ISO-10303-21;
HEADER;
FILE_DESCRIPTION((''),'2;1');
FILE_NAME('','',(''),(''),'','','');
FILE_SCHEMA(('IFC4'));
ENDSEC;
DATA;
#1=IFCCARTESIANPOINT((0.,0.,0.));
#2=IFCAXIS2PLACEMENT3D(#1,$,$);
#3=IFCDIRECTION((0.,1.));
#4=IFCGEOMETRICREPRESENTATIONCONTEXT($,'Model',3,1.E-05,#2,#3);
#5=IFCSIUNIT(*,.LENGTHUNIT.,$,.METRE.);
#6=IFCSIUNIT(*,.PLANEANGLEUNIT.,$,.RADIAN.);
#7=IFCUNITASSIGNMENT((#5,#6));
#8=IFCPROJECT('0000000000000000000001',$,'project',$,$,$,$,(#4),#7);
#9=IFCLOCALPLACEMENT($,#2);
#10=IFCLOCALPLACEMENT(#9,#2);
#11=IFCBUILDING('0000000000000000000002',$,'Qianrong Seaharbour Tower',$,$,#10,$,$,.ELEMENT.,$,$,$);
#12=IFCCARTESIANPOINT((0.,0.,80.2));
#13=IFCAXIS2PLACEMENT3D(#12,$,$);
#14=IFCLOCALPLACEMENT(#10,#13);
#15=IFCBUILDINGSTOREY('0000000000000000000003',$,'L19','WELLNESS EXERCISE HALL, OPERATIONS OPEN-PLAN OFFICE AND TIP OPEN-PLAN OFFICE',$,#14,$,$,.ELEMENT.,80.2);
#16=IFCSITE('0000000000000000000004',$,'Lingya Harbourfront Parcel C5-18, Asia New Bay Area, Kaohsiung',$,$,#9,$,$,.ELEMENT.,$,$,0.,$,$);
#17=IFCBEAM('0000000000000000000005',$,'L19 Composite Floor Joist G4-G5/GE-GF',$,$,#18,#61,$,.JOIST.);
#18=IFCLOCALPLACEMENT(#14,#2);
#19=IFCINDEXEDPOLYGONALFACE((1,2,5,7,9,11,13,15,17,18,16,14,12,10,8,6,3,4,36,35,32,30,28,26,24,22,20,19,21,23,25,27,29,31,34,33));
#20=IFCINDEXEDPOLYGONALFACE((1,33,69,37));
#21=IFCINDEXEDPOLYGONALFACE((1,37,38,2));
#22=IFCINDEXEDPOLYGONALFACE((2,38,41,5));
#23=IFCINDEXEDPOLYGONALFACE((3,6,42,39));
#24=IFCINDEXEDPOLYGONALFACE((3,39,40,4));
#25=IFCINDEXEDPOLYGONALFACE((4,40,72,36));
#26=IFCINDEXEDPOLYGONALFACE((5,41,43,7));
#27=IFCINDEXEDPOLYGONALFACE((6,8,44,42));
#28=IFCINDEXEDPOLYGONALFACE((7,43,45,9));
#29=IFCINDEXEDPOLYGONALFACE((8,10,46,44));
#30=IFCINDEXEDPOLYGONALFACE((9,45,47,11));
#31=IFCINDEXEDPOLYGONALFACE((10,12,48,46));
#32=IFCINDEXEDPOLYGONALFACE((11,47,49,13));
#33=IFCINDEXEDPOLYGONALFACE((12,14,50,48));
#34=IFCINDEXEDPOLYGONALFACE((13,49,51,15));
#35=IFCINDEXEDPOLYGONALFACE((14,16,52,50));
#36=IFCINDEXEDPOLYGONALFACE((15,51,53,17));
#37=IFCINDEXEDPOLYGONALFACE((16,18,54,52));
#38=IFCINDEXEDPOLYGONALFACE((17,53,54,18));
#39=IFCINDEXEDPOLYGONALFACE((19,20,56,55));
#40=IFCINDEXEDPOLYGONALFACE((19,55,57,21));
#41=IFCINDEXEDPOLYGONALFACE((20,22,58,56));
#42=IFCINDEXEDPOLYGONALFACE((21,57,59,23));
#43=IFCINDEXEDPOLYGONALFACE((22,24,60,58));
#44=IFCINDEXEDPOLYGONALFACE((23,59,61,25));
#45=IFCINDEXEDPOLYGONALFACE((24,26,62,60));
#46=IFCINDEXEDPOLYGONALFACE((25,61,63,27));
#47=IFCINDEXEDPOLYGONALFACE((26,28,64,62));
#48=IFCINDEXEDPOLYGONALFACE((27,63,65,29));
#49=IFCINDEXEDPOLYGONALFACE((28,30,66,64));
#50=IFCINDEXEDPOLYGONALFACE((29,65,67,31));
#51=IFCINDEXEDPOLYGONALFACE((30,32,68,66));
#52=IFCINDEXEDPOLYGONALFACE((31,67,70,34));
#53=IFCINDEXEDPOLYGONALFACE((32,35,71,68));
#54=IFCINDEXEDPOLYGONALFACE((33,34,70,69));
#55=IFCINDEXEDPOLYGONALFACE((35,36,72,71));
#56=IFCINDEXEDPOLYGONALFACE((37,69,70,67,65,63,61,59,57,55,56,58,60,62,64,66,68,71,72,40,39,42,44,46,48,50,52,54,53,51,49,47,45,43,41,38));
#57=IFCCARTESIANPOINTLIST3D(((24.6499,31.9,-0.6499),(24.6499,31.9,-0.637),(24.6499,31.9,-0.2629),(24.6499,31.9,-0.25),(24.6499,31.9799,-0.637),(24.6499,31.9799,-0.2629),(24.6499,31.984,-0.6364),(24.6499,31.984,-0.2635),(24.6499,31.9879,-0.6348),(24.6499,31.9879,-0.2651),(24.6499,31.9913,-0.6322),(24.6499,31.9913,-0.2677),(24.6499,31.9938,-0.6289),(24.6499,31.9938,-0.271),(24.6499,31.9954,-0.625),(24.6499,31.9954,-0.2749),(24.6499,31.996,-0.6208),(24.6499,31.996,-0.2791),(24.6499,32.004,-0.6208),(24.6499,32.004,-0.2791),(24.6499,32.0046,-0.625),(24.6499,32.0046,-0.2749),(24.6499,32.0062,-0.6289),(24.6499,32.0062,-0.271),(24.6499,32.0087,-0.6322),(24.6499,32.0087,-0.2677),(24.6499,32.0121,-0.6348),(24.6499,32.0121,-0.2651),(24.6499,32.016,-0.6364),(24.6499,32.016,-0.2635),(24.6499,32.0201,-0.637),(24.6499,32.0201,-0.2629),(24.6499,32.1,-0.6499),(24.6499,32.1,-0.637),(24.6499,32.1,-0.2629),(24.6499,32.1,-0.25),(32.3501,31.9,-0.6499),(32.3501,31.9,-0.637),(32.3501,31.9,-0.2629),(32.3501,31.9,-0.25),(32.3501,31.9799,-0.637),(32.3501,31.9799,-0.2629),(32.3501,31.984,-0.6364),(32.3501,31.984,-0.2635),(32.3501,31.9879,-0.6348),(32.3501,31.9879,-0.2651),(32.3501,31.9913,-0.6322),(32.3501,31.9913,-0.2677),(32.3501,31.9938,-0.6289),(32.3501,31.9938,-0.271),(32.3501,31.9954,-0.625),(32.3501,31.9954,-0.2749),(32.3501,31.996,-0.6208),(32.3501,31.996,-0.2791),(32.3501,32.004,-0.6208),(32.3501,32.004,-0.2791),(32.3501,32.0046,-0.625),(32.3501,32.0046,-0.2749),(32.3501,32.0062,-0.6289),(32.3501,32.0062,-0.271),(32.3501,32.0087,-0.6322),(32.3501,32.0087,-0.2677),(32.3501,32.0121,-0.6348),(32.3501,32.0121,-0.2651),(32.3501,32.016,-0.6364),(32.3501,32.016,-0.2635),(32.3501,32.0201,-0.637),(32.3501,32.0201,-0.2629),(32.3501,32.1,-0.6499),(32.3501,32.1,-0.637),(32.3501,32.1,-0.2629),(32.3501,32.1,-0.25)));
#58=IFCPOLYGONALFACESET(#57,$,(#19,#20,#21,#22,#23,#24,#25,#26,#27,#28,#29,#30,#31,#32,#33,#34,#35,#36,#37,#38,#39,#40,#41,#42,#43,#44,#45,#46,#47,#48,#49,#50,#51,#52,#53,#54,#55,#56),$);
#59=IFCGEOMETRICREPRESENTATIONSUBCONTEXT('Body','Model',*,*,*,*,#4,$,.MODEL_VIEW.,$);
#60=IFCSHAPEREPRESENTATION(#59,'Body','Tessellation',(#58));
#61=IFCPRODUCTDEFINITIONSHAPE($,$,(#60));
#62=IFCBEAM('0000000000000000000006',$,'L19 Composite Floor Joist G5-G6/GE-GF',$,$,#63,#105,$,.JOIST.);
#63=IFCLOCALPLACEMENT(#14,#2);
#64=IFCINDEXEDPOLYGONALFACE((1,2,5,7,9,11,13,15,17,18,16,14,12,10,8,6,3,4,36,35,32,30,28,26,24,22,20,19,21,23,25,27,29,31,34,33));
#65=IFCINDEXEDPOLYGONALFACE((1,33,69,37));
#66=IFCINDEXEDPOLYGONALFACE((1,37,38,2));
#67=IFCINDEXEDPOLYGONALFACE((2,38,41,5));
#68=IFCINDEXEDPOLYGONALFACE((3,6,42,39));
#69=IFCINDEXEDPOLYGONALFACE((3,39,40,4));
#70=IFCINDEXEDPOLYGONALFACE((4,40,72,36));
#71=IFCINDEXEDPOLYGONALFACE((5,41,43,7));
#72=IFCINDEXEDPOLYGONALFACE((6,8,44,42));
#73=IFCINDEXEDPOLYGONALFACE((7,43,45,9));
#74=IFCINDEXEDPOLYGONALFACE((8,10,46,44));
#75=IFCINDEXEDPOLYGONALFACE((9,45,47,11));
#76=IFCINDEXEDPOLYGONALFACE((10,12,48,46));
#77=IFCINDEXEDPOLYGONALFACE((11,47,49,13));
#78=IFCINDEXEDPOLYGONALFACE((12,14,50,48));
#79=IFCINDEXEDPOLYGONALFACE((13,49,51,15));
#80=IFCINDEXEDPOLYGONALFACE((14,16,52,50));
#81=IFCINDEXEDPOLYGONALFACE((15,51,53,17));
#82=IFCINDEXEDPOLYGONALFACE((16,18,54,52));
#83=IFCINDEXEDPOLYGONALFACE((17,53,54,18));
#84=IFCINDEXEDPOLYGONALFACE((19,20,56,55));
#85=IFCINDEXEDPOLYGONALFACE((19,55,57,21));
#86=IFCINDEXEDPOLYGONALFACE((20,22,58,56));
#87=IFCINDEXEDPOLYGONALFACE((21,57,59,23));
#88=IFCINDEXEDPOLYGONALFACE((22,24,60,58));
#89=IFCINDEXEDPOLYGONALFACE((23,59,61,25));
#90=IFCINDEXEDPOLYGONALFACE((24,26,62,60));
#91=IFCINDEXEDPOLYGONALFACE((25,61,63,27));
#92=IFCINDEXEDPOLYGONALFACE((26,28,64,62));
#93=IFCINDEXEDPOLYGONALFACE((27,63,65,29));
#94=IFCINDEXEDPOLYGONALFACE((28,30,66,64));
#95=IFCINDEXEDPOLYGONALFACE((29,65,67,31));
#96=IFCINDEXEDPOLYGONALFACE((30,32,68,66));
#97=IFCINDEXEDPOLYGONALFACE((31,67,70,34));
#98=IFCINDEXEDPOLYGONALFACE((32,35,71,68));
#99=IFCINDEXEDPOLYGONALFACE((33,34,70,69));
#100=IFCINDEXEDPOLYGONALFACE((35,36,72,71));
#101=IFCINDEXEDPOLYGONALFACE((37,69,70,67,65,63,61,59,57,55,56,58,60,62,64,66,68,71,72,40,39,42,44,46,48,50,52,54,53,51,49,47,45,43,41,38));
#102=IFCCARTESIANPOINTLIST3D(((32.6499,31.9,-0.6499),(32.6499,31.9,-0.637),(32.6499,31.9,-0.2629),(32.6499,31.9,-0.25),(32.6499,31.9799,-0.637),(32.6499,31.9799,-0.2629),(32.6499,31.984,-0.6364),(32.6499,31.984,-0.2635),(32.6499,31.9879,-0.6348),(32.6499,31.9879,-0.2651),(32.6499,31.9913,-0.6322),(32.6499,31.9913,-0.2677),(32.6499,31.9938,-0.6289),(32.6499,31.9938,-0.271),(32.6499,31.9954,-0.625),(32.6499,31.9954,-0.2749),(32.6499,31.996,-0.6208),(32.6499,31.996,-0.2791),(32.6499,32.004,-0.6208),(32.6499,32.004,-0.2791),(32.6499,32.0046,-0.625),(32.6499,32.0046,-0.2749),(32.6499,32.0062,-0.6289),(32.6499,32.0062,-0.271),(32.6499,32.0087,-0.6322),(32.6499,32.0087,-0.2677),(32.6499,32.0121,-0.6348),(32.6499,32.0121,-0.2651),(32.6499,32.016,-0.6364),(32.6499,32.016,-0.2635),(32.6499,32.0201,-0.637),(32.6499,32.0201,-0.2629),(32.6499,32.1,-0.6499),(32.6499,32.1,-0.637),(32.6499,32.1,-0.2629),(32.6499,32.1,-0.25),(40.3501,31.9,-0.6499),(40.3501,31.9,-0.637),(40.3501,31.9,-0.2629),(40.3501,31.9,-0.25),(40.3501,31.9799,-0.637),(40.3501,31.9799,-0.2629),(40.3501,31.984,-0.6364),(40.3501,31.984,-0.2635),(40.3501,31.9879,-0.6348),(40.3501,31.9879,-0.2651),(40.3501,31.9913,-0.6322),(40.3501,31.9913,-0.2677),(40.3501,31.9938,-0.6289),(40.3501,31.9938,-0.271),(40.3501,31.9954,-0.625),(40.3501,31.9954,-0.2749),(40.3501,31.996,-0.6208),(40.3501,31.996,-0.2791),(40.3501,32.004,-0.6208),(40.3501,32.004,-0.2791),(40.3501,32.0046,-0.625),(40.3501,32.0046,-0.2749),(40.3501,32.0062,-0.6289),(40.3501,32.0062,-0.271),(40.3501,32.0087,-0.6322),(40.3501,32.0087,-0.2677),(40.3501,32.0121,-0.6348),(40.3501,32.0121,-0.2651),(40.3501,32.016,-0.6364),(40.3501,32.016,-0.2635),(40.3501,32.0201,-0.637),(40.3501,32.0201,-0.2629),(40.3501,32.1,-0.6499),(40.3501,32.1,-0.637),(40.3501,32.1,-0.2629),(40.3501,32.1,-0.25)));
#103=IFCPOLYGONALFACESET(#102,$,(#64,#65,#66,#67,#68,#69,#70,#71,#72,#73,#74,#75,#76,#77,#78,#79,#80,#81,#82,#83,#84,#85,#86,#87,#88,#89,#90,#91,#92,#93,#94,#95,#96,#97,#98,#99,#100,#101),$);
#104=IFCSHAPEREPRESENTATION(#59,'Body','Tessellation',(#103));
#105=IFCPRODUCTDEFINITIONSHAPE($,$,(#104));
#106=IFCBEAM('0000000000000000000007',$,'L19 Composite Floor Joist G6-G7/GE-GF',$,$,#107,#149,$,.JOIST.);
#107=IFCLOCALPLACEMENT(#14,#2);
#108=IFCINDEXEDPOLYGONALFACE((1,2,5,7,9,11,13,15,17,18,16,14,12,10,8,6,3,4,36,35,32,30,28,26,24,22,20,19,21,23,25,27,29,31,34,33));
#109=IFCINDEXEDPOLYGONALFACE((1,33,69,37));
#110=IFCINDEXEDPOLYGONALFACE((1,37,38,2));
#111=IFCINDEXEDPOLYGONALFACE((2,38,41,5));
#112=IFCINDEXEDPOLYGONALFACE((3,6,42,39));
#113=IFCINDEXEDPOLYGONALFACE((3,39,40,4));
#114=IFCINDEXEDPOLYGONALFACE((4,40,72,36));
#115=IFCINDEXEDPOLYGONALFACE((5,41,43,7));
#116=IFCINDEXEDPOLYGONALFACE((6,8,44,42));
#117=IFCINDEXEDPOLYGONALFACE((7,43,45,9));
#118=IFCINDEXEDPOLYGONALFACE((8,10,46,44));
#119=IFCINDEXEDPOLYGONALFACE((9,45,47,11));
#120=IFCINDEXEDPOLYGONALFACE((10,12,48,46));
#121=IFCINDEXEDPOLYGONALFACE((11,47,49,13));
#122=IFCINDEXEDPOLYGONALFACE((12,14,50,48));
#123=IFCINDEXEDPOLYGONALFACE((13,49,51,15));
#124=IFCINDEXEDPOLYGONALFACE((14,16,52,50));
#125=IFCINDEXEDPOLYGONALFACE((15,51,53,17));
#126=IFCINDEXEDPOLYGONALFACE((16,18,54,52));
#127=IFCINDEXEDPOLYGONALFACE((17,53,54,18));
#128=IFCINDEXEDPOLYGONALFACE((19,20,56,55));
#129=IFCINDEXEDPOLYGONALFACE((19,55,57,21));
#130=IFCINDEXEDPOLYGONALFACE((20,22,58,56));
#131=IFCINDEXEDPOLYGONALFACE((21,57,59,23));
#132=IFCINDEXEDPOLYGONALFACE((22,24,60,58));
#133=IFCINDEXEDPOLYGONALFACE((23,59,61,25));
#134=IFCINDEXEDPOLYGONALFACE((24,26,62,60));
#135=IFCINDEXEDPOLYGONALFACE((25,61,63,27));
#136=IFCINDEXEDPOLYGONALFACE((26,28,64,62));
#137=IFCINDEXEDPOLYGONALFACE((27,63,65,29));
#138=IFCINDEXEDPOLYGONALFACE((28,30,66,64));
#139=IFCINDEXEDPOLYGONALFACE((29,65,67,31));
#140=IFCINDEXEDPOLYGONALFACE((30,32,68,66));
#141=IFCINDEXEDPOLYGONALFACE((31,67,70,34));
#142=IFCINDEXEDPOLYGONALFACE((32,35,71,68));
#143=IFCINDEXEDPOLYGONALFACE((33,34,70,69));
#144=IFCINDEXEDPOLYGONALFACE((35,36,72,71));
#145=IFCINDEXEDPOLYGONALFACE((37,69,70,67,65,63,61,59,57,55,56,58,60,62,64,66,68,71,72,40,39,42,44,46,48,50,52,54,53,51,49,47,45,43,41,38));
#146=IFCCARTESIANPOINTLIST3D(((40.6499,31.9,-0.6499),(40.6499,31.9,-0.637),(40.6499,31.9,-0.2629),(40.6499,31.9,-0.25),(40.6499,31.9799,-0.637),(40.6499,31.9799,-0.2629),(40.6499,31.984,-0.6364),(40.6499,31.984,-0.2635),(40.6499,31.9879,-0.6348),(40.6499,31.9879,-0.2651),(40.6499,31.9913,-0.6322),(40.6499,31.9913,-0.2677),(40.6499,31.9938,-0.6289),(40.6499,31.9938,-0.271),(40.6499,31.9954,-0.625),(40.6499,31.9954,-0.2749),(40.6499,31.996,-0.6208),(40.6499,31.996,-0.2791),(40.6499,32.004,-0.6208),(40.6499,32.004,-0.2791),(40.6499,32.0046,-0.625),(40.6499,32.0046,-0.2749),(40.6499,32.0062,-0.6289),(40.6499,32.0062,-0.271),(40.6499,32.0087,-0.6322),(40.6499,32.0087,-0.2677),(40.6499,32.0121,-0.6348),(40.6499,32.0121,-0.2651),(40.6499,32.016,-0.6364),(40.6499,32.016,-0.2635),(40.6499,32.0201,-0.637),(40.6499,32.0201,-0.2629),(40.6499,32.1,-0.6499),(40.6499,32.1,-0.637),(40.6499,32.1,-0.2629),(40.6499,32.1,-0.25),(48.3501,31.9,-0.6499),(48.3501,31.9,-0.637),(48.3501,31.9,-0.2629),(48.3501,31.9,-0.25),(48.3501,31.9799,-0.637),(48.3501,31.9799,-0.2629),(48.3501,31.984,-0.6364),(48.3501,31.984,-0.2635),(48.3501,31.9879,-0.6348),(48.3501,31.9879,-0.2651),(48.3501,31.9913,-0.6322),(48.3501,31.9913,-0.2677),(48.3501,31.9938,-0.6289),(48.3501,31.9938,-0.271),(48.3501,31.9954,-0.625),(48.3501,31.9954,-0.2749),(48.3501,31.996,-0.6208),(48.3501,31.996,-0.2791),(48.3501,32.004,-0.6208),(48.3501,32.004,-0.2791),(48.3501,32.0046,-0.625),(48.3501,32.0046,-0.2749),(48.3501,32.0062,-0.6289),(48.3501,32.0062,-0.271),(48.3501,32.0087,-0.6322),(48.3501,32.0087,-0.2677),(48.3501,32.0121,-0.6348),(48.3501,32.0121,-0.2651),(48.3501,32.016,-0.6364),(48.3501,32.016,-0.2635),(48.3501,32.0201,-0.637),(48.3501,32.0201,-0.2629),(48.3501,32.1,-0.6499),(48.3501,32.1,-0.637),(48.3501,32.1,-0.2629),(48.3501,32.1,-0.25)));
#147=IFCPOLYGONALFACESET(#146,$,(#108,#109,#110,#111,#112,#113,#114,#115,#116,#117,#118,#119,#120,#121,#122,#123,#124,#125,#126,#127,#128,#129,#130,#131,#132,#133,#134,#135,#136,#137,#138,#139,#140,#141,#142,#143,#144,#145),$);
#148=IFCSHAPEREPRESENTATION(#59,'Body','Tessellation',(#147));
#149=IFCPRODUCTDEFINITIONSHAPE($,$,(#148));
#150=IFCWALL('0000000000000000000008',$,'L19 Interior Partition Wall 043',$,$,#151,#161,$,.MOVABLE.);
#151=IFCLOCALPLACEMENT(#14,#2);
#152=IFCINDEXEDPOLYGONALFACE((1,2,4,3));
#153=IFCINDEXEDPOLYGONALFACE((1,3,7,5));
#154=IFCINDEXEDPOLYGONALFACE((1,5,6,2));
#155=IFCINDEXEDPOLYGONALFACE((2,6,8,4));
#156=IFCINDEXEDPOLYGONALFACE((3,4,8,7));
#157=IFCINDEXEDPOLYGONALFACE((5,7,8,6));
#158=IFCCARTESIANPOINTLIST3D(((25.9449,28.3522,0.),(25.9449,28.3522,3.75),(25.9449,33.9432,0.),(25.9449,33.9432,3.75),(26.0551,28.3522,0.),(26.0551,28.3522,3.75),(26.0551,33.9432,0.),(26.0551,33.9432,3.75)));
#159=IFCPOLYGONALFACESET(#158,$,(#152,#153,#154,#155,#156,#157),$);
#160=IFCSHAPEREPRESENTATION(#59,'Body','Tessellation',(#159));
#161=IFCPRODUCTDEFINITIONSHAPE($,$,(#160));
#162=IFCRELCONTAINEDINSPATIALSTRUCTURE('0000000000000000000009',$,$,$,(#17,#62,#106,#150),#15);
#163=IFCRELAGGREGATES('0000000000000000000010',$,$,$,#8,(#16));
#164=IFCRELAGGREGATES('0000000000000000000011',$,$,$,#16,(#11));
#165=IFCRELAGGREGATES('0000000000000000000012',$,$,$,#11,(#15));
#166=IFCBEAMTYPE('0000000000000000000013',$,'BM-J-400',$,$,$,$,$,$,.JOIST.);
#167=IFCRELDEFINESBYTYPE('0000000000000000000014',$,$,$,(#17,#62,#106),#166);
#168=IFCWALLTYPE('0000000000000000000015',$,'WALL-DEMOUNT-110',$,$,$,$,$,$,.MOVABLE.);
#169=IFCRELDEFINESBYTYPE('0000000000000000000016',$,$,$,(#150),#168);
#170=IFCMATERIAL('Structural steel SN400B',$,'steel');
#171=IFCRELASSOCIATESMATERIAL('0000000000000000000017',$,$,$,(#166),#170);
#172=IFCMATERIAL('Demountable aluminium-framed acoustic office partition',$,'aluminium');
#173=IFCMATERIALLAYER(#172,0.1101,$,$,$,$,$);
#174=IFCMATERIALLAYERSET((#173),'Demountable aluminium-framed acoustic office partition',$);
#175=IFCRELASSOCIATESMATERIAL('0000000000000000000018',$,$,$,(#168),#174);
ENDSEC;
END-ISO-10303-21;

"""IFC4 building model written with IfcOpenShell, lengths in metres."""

from ifc_helpers import new_model, si_unit, direction, frame, frame_2d, origin, origin_2d, place, context, subcontext, project, spatial, rectangle, i_section, extrude, material, layer, layer_set, material_profile, profile_set, type_object, element, save


model = new_model("IFC4")

# Units and contexts
model_context = context("Model", 3, precision=1e-05, world=origin(), true_north=direction((0.0, 1.0)))
body_context = subcontext(model_context, "Body", "Model", "MODEL_VIEW")
ifc_project = project(units=[si_unit("LENGTHUNIT", "METRE"), si_unit("PLANEANGLEUNIT", "RADIAN")], contexts=[model_context])

# Site, building, storey
site_placement = place(None, origin())
site = spatial("IfcSite", under=ifc_project, at=site_placement, Name="Lingya Harbourfront Parcel C5-18, Asia New Bay Area, Kaohsiung", CompositionType="ELEMENT", RefElevation=0.0)
building_placement = place(site_placement, origin())
building = spatial("IfcBuilding", under=site, at=building_placement, Name="Qianrong Seaharbour Tower", CompositionType="ELEMENT")
storey_placement = place(building_placement, frame((0.0, 0.0, 80.2)))
storey = spatial("IfcBuildingStorey", under=building, at=storey_placement, Name="L19", Description="WELLNESS EXERCISE HALL, OPERATIONS OPEN-PLAN OFFICE AND TIP OPEN-PLAN OFFICE", CompositionType="ELEMENT", Elevation=80.2)

# Beams
ifc_material_1 = material(Name="Structural steel SN400B", Category="steel")
ifc_material_profile_1 = material_profile(ifc_material_1, i_section(OverallWidth=0.2, OverallDepth=0.3999, WebThickness=0.0081, FlangeThickness=0.0129, FilletRadius=0.0161, at=origin_2d()), Name="H400x200x8x13")
ifc_profile_set_1 = profile_set([ifc_material_profile_1], Name="Structural steel SN400B")
beam_type_1 = type_object("IfcBeamType", Name="BM-J-400", PredefinedType="JOIST", material=ifc_profile_set_1)
for number, where, z_axis, x_axis, name in (
    (1, (24.6499, 32.0, -0.45), (1.0, 0.0, 0.0), (0.0, 1.0, 0.0), "L19 Composite Floor Joist G4-G5/GE-GF"),
    (2, (32.6499, 32.0, -0.45), (1.0, 0.0, 0.0), (0.0, 1.0, 0.0), "L19 Composite Floor Joist G5-G6/GE-GF"),
    (3, (40.6499, 32.0, -0.45), (1.0, 0.0, 0.0), (0.0, 1.0, 0.0), "L19 Composite Floor Joist G6-G7/GE-GF"),
):
    element("IfcBeam", number, at=place(storey_placement, frame(where, z_axis=z_axis, x_axis=x_axis)), inside=storey, type_object=beam_type_1, Name=name, PredefinedType="JOIST", context=body_context, shape_type="SweptSolid", body=[
        extrude(i_section(OverallWidth=0.2, OverallDepth=0.3999, WebThickness=0.0081, FlangeThickness=0.0129, FilletRadius=0.0161, at=origin_2d()), origin(), (0.0, 0.0, 1.0), 7.7002),
    ])

# Wall
ifc_material_2 = material(Name="Demountable aluminium-framed acoustic office partition", Category="aluminium")
ifc_layer_1 = layer(ifc_material_2, 0.1101)
ifc_layer_set_1 = layer_set([ifc_layer_1], Name="Demountable aluminium-framed acoustic office partition")
wall_type_1 = type_object("IfcWallType", Name="WALL-DEMOUNT-110", PredefinedType="MOVABLE", material=ifc_layer_set_1)
wall_1_placement = place(storey_placement, frame((26.0, 33.9431, 0.0), z_axis=(0.0, 0.0, 1.0), x_axis=(0.0, -1.0, 0.0)))
element("IfcWall", 4, at=wall_1_placement, inside=storey, type_object=wall_type_1, Name="L19 Interior Partition Wall 043", PredefinedType="MOVABLE", context=body_context, shape_type="SweptSolid", body=[
    extrude(rectangle(XDim=5.5911, YDim=0.1101, at=frame_2d((2.7954, 0.0))), origin(), (0.0, 0.0, 1.0), 3.75),
])

save(model, "model.ifc")
